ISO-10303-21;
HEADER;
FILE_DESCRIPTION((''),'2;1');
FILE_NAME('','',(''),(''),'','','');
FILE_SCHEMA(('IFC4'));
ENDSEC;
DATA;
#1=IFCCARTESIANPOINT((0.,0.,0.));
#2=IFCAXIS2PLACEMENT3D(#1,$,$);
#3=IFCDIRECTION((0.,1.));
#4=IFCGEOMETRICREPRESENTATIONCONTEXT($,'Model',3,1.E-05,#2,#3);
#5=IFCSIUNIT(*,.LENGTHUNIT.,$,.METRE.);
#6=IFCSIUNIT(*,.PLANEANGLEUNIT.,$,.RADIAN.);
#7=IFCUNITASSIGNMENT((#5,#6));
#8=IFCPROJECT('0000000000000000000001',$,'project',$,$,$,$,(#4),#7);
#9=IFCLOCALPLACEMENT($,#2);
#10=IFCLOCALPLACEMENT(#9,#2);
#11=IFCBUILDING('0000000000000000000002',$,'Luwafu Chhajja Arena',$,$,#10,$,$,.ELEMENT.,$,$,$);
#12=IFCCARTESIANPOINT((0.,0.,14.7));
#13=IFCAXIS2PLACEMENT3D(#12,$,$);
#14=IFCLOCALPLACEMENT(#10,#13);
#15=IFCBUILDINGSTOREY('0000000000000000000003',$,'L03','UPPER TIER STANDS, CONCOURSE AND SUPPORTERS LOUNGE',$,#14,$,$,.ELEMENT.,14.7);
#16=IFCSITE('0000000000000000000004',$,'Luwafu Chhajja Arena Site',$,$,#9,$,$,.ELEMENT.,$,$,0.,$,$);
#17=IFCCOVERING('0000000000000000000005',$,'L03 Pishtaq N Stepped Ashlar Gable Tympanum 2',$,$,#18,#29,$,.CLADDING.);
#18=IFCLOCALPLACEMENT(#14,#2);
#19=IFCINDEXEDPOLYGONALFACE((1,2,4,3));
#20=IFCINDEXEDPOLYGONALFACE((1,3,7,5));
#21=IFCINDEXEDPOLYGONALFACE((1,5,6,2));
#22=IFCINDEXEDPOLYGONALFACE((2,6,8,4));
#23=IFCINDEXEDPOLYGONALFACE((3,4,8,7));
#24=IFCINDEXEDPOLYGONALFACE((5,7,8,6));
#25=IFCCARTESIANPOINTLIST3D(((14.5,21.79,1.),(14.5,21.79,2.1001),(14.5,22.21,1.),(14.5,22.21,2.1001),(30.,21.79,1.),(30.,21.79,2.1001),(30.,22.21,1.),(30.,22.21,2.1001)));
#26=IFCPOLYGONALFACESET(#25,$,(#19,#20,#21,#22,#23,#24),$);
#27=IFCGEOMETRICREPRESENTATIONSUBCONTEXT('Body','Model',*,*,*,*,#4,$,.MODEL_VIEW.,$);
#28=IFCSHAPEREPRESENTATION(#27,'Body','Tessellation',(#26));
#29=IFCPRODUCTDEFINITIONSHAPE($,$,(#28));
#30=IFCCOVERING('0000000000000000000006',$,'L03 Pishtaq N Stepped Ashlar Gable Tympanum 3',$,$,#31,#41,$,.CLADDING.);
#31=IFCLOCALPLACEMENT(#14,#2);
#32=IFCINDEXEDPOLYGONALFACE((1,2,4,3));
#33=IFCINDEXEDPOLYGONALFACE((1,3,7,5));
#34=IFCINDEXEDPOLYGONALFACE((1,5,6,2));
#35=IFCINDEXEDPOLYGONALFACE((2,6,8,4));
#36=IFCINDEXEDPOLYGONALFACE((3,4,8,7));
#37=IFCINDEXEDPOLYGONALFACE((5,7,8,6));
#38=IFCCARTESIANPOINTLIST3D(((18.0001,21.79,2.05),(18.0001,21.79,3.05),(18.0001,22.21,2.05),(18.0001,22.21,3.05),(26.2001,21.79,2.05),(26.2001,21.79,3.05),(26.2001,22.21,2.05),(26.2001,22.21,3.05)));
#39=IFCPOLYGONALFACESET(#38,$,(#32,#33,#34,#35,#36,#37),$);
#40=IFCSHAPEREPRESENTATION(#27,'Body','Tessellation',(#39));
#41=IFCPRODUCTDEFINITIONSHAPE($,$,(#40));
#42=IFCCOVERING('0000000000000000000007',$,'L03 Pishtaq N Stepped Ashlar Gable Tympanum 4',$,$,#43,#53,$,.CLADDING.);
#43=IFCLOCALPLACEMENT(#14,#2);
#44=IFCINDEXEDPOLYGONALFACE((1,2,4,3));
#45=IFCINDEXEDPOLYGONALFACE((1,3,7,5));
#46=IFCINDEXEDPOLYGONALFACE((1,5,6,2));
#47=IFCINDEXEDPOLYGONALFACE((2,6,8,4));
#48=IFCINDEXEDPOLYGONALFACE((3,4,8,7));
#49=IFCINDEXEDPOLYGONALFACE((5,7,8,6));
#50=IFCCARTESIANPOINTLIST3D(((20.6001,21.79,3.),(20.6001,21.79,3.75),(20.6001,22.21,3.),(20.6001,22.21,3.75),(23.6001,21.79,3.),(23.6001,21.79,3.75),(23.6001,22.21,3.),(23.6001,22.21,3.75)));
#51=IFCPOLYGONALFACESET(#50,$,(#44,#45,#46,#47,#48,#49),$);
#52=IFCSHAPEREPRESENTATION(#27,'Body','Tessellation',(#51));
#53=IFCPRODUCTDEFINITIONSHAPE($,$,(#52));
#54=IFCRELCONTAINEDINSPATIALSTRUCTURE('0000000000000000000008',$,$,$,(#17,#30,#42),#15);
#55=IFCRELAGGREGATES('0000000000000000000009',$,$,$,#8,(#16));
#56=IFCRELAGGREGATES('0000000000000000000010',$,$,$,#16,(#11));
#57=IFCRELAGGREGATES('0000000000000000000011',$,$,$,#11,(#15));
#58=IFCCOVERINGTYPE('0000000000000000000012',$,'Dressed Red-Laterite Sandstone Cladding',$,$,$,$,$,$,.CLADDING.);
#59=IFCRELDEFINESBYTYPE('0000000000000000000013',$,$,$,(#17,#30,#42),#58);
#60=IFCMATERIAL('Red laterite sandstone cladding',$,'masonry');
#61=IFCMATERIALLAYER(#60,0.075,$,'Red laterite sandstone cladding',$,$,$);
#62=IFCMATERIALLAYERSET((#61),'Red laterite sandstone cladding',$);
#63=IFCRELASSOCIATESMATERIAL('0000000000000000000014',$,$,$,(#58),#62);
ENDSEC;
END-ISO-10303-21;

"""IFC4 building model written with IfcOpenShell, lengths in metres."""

from ifc_helpers import new_model, si_unit, direction, frame, origin, origin_2d, place, context, subcontext, project, spatial, rectangle, extrude, material, layer, layer_set, type_object, element, save


model = new_model("IFC4")

# Units and contexts
model_context = context("Model", 3, precision=1e-05, world=origin(), true_north=direction((0.0, 1.0)))
body_context = subcontext(model_context, "Body", "Model", "MODEL_VIEW")
ifc_project = project(units=[si_unit("LENGTHUNIT", "METRE"), si_unit("PLANEANGLEUNIT", "RADIAN")], contexts=[model_context])

# Site, building, storey
site_placement = place(None, origin())
site = spatial("IfcSite", under=ifc_project, at=site_placement, Name="Luwafu Chhajja Arena Site", CompositionType="ELEMENT", RefElevation=0.0)
building_placement = place(site_placement, origin())
building = spatial("IfcBuilding", under=site, at=building_placement, Name="Luwafu Chhajja Arena", CompositionType="ELEMENT")
storey_placement = place(building_placement, frame((0.0, 0.0, 14.7)))
storey = spatial("IfcBuildingStorey", under=building, at=storey_placement, Name="L03", Description="UPPER TIER STANDS, CONCOURSE AND SUPPORTERS LOUNGE", CompositionType="ELEMENT", Elevation=14.7)

# Coverings
ifc_material_1 = material(Name="Red laterite sandstone cladding", Category="masonry")
ifc_layer_1 = layer(ifc_material_1, 0.075, Name="Red laterite sandstone cladding")
ifc_layer_set_1 = layer_set([ifc_layer_1], Name="Red laterite sandstone cladding")
covering_type = type_object("IfcCoveringType", Name="Dressed Red-Laterite Sandstone Cladding", PredefinedType="CLADDING", material=ifc_layer_set_1)
covering_1_placement = place(storey_placement, frame((22.25, 22.0, 1.0), z_axis=(0.0, 0.0, 1.0), x_axis=(1.0, 0.0, 0.0)))
element("IfcCovering", 1, at=covering_1_placement, inside=storey, type_object=covering_type, Name="L03 Pishtaq N Stepped Ashlar Gable Tympanum 2", PredefinedType="CLADDING", context=body_context, shape_type="SweptSolid", body=[
    extrude(rectangle(XDim=15.5, YDim=0.4199, at=origin_2d()), origin(), (0.0, 0.0, 1.0), 1.1001),
])
covering_2_placement = place(storey_placement, frame((22.1001, 22.0, 2.05), z_axis=(0.0, 0.0, 1.0), x_axis=(1.0, 0.0, 0.0)))
element("IfcCovering", 2, at=covering_2_placement, inside=storey, type_object=covering_type, Name="L03 Pishtaq N Stepped Ashlar Gable Tympanum 3", PredefinedType="CLADDING", context=body_context, shape_type="SweptSolid", body=[
    extrude(rectangle(XDim=8.2, YDim=0.4199, at=origin_2d()), origin(), (0.0, 0.0, 1.0), 1.0),
])
covering_3_placement = place(storey_placement, frame((22.1001, 22.0, 3.0), z_axis=(0.0, 0.0, 1.0), x_axis=(1.0, 0.0, 0.0)))
element("IfcCovering", 3, at=covering_3_placement, inside=storey, type_object=covering_type, Name="L03 Pishtaq N Stepped Ashlar Gable Tympanum 4", PredefinedType="CLADDING", context=body_context, shape_type="SweptSolid", body=[
    extrude(rectangle(XDim=3.0, YDim=0.4199, at=origin_2d()), origin(), (0.0, 0.0, 1.0), 0.75),
])

save(model, "model.ifc")
